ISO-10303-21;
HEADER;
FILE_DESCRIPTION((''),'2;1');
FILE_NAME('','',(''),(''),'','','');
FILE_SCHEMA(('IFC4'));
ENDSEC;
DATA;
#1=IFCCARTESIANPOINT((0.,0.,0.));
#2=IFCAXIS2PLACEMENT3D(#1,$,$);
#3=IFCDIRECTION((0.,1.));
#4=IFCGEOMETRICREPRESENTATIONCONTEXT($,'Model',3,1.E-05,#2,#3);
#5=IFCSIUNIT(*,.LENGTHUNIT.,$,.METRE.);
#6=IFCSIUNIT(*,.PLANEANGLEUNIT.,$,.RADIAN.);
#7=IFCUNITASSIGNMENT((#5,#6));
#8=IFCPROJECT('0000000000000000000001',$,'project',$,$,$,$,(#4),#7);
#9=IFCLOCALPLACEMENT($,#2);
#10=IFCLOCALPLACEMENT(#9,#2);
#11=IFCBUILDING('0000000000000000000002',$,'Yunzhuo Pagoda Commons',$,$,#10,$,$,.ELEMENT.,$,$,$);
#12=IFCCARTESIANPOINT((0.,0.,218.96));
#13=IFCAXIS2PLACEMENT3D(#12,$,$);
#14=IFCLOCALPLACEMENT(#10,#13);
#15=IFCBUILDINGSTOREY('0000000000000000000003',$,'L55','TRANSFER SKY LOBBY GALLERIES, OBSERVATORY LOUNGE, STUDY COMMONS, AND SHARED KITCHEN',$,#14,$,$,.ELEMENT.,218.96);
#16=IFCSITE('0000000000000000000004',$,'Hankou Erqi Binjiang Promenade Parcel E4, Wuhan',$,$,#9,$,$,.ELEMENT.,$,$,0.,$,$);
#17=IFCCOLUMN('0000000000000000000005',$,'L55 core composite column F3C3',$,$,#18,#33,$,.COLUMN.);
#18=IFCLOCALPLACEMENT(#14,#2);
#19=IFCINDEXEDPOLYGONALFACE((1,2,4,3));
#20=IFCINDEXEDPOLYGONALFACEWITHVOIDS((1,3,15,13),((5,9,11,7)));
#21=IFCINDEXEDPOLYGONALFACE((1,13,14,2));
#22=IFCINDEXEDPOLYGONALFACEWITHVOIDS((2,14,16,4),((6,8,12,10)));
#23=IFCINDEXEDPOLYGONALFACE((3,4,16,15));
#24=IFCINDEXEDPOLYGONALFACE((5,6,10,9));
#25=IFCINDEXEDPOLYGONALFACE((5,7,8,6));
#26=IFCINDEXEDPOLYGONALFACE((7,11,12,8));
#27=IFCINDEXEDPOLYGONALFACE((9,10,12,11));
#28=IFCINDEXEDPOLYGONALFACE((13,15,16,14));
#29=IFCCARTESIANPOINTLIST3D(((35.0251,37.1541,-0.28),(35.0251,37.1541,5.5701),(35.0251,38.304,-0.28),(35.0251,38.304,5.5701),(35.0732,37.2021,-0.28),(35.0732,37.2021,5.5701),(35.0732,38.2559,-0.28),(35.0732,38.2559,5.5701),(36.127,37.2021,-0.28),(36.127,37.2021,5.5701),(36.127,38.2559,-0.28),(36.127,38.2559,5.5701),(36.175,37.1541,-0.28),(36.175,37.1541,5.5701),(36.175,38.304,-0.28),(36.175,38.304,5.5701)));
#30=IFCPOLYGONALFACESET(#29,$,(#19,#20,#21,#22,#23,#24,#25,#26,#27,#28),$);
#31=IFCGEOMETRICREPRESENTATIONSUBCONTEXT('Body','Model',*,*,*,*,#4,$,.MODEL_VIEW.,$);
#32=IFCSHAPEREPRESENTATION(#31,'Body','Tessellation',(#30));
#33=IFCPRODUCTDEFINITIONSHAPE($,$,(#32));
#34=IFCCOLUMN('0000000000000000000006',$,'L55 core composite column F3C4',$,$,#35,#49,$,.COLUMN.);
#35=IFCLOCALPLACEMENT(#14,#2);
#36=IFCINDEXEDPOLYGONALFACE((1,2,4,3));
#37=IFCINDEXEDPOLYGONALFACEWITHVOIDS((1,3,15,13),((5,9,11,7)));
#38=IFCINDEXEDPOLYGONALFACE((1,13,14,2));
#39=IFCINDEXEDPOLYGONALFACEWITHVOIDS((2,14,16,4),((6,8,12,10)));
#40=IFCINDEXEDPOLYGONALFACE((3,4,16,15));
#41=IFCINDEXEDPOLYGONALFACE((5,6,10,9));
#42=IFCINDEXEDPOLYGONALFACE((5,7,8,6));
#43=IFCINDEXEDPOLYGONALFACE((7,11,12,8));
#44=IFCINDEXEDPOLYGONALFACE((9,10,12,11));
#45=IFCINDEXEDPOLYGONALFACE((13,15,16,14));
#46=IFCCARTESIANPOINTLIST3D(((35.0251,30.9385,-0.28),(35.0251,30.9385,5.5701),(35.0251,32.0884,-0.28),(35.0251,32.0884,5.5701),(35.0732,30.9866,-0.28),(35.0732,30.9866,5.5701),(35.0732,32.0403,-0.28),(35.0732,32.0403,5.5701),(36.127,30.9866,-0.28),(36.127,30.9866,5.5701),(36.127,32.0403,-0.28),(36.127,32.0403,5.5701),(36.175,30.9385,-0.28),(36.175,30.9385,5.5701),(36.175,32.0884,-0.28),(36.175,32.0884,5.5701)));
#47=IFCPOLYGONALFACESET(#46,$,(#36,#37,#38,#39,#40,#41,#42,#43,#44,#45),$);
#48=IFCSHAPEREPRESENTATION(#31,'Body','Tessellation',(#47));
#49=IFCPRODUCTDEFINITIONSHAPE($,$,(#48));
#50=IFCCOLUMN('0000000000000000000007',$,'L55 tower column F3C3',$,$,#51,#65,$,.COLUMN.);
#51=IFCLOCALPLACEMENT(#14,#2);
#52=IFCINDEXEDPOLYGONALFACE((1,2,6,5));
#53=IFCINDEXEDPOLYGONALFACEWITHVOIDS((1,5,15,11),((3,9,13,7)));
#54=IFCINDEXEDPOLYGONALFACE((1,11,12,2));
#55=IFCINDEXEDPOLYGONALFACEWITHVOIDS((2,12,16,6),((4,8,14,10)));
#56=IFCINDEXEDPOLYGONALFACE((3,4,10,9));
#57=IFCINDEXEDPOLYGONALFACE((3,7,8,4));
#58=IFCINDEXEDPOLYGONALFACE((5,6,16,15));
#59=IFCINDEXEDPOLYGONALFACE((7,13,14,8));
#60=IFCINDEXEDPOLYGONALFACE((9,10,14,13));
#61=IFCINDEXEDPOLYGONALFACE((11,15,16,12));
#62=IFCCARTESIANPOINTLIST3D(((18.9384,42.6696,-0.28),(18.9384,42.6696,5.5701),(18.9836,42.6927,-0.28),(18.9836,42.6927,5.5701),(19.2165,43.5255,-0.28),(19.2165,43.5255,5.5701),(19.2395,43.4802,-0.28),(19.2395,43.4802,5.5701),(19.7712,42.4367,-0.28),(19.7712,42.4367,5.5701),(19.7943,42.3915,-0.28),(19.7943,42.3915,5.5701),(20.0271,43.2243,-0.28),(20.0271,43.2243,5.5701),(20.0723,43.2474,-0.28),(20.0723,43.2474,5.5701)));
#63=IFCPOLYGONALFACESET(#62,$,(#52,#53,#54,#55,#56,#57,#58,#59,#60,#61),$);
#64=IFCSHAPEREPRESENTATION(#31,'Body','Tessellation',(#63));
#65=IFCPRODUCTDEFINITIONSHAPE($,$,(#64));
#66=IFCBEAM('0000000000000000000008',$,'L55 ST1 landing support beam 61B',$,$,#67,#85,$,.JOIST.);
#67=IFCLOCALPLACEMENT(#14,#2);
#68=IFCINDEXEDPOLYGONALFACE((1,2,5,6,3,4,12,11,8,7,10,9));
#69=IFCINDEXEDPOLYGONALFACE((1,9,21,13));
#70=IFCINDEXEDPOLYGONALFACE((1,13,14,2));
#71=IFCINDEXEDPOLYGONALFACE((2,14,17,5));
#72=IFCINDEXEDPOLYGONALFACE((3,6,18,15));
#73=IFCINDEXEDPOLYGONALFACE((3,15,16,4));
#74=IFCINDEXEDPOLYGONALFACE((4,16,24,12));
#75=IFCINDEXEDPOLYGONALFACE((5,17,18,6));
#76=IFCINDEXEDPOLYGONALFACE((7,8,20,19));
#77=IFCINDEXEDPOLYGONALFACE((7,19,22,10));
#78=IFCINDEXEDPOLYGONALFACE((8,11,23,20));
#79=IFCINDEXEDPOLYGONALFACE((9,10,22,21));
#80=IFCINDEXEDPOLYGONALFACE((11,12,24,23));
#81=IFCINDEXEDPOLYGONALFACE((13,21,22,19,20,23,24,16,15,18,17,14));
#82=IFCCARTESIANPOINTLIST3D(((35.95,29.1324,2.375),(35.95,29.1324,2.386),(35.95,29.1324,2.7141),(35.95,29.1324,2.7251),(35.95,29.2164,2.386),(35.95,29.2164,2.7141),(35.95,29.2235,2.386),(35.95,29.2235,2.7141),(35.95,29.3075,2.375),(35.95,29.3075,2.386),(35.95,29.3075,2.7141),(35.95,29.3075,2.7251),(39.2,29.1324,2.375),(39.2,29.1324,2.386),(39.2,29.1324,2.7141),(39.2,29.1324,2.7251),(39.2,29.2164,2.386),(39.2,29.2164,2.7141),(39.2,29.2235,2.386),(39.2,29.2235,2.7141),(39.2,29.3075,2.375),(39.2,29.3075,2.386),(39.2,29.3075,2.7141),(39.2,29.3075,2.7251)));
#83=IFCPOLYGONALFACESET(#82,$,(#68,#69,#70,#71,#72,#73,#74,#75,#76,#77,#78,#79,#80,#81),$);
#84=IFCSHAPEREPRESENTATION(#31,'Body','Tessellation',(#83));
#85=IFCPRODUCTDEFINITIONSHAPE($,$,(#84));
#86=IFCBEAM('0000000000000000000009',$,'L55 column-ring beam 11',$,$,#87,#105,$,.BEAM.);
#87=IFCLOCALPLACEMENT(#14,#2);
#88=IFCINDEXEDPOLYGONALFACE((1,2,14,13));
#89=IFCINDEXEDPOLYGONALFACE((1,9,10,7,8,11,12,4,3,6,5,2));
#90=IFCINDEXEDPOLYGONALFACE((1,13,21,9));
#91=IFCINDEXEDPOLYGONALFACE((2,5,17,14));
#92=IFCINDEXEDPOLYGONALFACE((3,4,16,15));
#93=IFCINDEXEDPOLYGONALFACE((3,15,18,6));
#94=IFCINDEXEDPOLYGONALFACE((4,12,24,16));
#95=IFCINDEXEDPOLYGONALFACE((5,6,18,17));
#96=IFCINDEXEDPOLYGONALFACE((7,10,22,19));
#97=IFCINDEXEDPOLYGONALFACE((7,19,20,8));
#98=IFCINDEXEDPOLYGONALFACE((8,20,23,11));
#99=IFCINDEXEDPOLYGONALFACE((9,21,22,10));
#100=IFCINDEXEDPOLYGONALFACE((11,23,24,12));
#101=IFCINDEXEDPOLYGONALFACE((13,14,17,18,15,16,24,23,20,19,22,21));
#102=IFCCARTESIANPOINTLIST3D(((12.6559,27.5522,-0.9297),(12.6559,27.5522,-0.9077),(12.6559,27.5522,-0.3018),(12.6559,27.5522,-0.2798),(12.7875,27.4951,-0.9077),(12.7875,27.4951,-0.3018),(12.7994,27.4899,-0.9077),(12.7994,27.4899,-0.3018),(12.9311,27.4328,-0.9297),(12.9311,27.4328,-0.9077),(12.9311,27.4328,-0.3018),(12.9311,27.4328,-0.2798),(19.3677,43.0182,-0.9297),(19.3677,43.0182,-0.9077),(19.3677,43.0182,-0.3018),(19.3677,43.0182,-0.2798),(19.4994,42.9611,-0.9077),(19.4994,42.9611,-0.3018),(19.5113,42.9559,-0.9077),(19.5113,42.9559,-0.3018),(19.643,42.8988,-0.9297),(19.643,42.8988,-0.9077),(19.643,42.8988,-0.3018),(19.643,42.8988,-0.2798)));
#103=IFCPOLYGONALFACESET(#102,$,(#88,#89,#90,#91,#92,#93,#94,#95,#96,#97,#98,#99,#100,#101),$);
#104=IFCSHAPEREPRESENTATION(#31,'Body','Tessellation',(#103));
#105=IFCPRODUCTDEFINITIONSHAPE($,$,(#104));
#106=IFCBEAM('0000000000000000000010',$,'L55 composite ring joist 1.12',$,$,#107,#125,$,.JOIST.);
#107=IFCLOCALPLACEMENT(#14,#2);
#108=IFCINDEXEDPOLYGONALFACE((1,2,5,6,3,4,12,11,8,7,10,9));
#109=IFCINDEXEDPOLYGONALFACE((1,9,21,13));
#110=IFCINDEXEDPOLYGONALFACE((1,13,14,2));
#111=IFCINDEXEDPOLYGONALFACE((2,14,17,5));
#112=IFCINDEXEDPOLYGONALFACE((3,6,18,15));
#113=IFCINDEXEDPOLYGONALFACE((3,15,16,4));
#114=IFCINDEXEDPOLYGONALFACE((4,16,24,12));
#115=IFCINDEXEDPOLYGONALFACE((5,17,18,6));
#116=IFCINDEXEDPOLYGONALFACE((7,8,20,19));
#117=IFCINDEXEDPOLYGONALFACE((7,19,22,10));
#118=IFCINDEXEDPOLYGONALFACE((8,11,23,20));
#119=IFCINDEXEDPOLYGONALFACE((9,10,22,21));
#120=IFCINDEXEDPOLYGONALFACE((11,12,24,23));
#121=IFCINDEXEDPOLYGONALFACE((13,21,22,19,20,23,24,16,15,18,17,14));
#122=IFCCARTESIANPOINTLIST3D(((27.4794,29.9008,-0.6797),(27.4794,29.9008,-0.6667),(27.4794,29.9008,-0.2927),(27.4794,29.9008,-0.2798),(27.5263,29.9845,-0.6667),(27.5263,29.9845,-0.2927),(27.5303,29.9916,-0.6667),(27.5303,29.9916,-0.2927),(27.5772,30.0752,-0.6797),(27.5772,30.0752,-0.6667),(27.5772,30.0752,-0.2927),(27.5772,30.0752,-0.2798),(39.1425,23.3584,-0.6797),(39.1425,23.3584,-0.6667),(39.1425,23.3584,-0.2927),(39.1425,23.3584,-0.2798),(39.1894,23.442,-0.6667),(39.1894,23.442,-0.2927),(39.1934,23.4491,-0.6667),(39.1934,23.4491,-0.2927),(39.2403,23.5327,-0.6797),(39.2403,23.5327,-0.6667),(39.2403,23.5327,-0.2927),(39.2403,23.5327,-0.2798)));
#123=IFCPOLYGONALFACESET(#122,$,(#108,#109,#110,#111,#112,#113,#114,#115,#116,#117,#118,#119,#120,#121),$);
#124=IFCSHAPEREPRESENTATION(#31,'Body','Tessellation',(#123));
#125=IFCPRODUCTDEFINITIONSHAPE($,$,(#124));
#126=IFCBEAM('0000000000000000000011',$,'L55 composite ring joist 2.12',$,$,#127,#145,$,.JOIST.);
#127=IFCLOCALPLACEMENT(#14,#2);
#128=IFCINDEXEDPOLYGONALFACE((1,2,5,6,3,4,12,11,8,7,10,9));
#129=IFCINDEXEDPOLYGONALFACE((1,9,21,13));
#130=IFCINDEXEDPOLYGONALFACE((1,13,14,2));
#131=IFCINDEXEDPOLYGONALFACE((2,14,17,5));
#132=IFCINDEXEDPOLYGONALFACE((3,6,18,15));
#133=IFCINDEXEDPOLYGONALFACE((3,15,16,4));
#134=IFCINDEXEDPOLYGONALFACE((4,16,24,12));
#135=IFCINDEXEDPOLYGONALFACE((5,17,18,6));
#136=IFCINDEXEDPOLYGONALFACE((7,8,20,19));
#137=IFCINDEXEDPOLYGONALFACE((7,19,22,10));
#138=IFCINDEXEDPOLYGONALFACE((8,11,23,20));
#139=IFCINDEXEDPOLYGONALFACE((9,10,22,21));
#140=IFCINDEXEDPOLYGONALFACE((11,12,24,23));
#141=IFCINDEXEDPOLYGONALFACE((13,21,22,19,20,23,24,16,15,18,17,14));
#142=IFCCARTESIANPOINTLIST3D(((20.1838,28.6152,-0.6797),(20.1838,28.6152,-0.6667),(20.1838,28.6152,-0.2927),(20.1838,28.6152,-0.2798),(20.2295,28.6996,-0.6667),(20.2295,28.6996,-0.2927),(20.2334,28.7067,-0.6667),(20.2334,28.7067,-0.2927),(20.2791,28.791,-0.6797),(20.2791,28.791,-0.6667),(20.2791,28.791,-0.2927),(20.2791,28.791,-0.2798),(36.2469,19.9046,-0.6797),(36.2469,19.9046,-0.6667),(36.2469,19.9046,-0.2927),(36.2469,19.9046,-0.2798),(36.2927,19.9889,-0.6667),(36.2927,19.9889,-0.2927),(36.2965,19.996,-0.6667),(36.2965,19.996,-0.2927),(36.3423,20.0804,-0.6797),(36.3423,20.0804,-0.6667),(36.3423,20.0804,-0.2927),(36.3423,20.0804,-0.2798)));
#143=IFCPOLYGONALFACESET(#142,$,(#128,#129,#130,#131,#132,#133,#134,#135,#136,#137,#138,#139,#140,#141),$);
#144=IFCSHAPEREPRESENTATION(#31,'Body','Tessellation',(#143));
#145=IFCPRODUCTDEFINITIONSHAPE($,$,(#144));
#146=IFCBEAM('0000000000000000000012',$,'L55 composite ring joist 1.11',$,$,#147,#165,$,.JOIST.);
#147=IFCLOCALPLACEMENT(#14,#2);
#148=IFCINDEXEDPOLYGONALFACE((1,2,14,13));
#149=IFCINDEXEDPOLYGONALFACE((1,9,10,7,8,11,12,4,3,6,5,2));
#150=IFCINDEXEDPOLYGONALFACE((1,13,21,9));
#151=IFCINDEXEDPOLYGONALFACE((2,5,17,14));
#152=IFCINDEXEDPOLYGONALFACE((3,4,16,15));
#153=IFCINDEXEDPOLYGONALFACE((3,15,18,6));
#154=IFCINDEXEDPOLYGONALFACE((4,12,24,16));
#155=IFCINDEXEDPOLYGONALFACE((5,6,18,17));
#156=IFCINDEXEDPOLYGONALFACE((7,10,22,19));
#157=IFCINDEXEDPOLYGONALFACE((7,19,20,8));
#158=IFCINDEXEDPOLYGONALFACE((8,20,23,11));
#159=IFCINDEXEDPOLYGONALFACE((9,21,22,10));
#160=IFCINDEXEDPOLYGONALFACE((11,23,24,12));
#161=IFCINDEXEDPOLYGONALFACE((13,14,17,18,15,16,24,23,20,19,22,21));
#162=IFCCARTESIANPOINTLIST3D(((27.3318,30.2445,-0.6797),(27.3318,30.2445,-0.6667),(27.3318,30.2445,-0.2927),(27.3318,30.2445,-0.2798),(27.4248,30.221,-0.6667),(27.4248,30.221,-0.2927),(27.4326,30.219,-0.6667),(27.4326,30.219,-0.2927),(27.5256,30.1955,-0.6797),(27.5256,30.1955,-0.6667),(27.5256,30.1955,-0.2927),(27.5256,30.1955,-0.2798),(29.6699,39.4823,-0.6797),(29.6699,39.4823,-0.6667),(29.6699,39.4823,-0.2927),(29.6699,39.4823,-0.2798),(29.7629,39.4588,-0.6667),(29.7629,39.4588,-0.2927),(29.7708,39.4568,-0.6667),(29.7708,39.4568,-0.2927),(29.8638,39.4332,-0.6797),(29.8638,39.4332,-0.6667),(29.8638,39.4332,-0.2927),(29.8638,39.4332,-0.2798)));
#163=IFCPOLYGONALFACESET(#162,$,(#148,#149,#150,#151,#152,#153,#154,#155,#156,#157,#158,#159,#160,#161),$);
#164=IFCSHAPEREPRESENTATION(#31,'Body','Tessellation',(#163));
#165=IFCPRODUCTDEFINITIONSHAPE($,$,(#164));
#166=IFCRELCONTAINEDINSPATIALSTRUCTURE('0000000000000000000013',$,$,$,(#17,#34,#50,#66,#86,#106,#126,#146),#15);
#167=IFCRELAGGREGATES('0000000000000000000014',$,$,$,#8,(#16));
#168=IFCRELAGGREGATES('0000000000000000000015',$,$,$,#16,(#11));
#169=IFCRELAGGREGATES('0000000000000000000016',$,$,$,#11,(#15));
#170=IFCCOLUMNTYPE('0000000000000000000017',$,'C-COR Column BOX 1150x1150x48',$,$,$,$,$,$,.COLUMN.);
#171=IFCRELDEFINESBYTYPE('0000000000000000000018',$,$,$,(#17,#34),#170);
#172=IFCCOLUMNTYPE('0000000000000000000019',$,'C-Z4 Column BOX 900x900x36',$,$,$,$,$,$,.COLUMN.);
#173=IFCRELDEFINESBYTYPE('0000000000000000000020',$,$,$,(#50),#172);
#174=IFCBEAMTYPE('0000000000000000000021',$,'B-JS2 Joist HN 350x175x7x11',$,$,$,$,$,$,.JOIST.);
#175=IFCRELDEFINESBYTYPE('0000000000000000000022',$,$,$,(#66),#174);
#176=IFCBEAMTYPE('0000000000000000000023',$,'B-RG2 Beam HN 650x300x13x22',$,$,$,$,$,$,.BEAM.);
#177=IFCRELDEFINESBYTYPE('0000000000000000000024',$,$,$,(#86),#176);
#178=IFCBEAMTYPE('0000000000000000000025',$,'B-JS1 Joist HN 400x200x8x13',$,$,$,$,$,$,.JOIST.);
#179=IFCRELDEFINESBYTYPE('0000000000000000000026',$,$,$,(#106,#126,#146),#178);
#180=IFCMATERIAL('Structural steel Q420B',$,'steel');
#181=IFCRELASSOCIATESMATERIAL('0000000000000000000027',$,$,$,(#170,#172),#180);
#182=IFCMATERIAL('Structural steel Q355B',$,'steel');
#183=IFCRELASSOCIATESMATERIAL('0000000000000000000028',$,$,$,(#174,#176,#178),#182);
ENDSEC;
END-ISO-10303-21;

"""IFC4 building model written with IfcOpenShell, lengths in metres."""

from ifc_helpers import new_model, si_unit, direction, frame, origin, origin_2d, place, context, subcontext, project, spatial, hollow_rectangle, i_section, extrude, source, transform, mapped, material, material_profile, profile_set, type_object, element, save


model = new_model("IFC4")

# Units and contexts
model_context = context("Model", 3, precision=1e-05, world=origin(), true_north=direction((0.0, 1.0)))
body_context = subcontext(model_context, "Body", "Model", "MODEL_VIEW")
ifc_project = project(units=[si_unit("LENGTHUNIT", "METRE"), si_unit("PLANEANGLEUNIT", "RADIAN")], contexts=[model_context])

# Site, building, storey
site_placement = place(None, origin())
site = spatial("IfcSite", under=ifc_project, at=site_placement, Name="Hankou Erqi Binjiang Promenade Parcel E4, Wuhan", CompositionType="ELEMENT", RefElevation=0.0)
building_placement = place(site_placement, origin())
building = spatial("IfcBuilding", under=site, at=building_placement, Name="Yunzhuo Pagoda Commons", CompositionType="ELEMENT")
storey_placement = place(building_placement, frame((0.0, 0.0, 218.96)))
storey = spatial("IfcBuildingStorey", under=building, at=storey_placement, Name="L55", Description="TRANSFER SKY LOBBY GALLERIES, OBSERVATORY LOUNGE, STUDY COMMONS, AND SHARED KITCHEN", CompositionType="ELEMENT", Elevation=218.96)

# Columns
ifc_material_1 = material(Name="Structural steel Q420B", Category="steel")
ifc_material_profile_1 = material_profile(ifc_material_1, hollow_rectangle(XDim=1.1499, YDim=1.1499, WallThickness=0.0481, at=origin_2d()), Name="Structural steel Q420B")
ifc_profile_set_1 = profile_set([ifc_material_profile_1], Name="Structural steel Q420B")
column_type_1 = type_object("IfcColumnType", Name="C-COR Column BOX 1150x1150x48", PredefinedType="COLUMN", material=ifc_profile_set_1)
shared_shape_1 = source(origin(), body_context, "Body", "SweptSolid", [
    extrude(hollow_rectangle(XDim=1.1499, YDim=1.1499, WallThickness=0.0481, at=origin_2d()), origin(), (0.0, 0.0, 1.0), 5.8501),
])
for number, where, z_axis, x_axis, name in (
    (1, (35.6001, 37.729, -0.28), (0.0, 0.0, 1.0), (1.0, 0.0, 0.0), "L55 core composite column F3C3"),
    (2, (35.6001, 31.5134, -0.28), (0.0, 0.0, 1.0), (1.0, 0.0, 0.0), "L55 core composite column F3C4"),
):
    element("IfcColumn", number, at=place(storey_placement, frame(where, z_axis=z_axis, x_axis=x_axis)), inside=storey, type_object=column_type_1, Name=name, PredefinedType="COLUMN", context=body_context, shape_type="MappedRepresentation", body=[
        mapped(shared_shape_1, transform((0.0, 0.0, 0.0), scale=1.0)),
    ])
ifc_material_profile_2 = material_profile(ifc_material_1, hollow_rectangle(XDim=0.8999, YDim=0.8999, WallThickness=0.0359, at=origin_2d()), Name="Structural steel Q420B")
ifc_profile_set_2 = profile_set([ifc_material_profile_2], Name="Structural steel Q420B")
column_type_2 = type_object("IfcColumnType", Name="C-Z4 Column BOX 900x900x36", PredefinedType="COLUMN", material=ifc_profile_set_2)
shared_shape_2 = source(origin(), body_context, "Body", "SweptSolid", [
    extrude(hollow_rectangle(XDim=0.8999, YDim=0.8999, WallThickness=0.0359, at=origin_2d()), origin(), (0.0, 0.0, 1.0), 5.8501),
])
column_placement = place(storey_placement, frame((19.5054, 42.9585, -0.28), z_axis=(0.0, 0.0, 1.0), x_axis=(-0.309017, -0.951057, 0.0)))
element("IfcColumn", 3, at=column_placement, inside=storey, type_object=column_type_2, Name="L55 tower column F3C3", PredefinedType="COLUMN", context=body_context, shape_type="MappedRepresentation", body=[
    mapped(shared_shape_2, transform((0.0, 0.0, 0.0), scale=1.0)),
])

# Beams
ifc_material_2 = material(Name="Structural steel Q355B", Category="steel")
ifc_material_profile_3 = material_profile(ifc_material_2, i_section(OverallWidth=0.175, OverallDepth=0.3501, WebThickness=0.0071, FlangeThickness=0.011, at=origin_2d()), Name="Structural steel Q355B")
ifc_profile_set_3 = profile_set([ifc_material_profile_3], Name="Structural steel Q355B")
beam_type_1 = type_object("IfcBeamType", Name="B-JS2 Joist HN 350x175x7x11", PredefinedType="JOIST", material=ifc_profile_set_3)
shared_shape_3 = source(origin(), body_context, "Body", "SweptSolid", [
    extrude(i_section(OverallWidth=0.175, OverallDepth=0.3501, WebThickness=0.0071, FlangeThickness=0.011, at=origin_2d()), origin(), (0.0, 0.0, 1.0), 3.25),
])
beam_1_placement = place(storey_placement, frame((35.95, 29.22, 2.55), z_axis=(1.0, 0.0, 0.0), x_axis=(0.0, 1.0, 0.0)))
element("IfcBeam", 4, at=beam_1_placement, inside=storey, type_object=beam_type_1, Name="L55 ST1 landing support beam 61B", PredefinedType="JOIST", context=body_context, shape_type="MappedRepresentation", body=[
    mapped(shared_shape_3, transform((0.0, 0.0, 0.0), scale=1.0)),
])
ifc_material_profile_4 = material_profile(ifc_material_2, i_section(OverallWidth=0.3, OverallDepth=0.6499, WebThickness=0.0129, FlangeThickness=0.022, at=origin_2d()), Name="Structural steel Q355B")
ifc_profile_set_4 = profile_set([ifc_material_profile_4], Name="Structural steel Q355B")
beam_type_2 = type_object("IfcBeamType", Name="B-RG2 Beam HN 650x300x13x22", PredefinedType="BEAM", material=ifc_profile_set_4)
shared_shape_4 = source(origin(), body_context, "Body", "SweptSolid", [
    extrude(i_section(OverallWidth=0.3, OverallDepth=0.6499, WebThickness=0.0129, FlangeThickness=0.022, at=origin_2d()), origin(), (0.0, 0.0, 1.0), 16.8596),
])
beam_2_placement = place(storey_placement, frame((19.5054, 42.9585, -0.6047), z_axis=(-0.398104, -0.91734, 0.0), x_axis=(0.91734, -0.398104, 0.0)))
element("IfcBeam", 5, at=beam_2_placement, inside=storey, type_object=beam_type_2, Name="L55 column-ring beam 11", PredefinedType="BEAM", context=body_context, shape_type="MappedRepresentation", body=[
    mapped(shared_shape_4, transform((0.0, 0.0, 0.0), scale=1.0)),
])
ifc_material_profile_5 = material_profile(ifc_material_2, i_section(OverallWidth=0.2, OverallDepth=0.3999, WebThickness=0.0081, FlangeThickness=0.0129, at=origin_2d()), Name="Structural steel Q355B")
ifc_profile_set_5 = profile_set([ifc_material_profile_5], Name="Structural steel Q355B")
beam_type_3 = type_object("IfcBeamType", Name="B-JS1 Joist HN 400x200x8x13", PredefinedType="JOIST", material=ifc_profile_set_5)
shared_shape_5 = source(origin(), body_context, "Body", "SweptSolid", [
    extrude(i_section(OverallWidth=0.2, OverallDepth=0.3999, WebThickness=0.0081, FlangeThickness=0.0129, at=origin_2d()), origin(), (0.0, 0.0, 1.0), 13.3728),
])
beam_3_placement = place(storey_placement, frame((27.5283, 29.988, -0.4797), z_axis=(0.87215, -0.489238, 0.0), x_axis=(0.489238, 0.87215, 0.0)))
element("IfcBeam", 6, at=beam_3_placement, inside=storey, type_object=beam_type_3, Name="L55 composite ring joist 1.12", PredefinedType="JOIST", context=body_context, shape_type="MappedRepresentation", body=[
    mapped(shared_shape_5, transform((0.0, 0.0, 0.0), scale=1.0)),
])
shared_shape_6 = source(origin(), body_context, "Body", "SweptSolid", [
    extrude(i_section(OverallWidth=0.2, OverallDepth=0.3999, WebThickness=0.0081, FlangeThickness=0.0129, at=origin_2d()), origin(), (0.0, 0.0, 1.0), 18.2729),
])
beam_4_placement = place(storey_placement, frame((20.2314, 28.7031, -0.4797), z_axis=(0.879068, -0.476697, 0.0), x_axis=(0.476697, 0.879068, 0.0)))
element("IfcBeam", 7, at=beam_4_placement, inside=storey, type_object=beam_type_3, Name="L55 composite ring joist 2.12", PredefinedType="JOIST", context=body_context, shape_type="MappedRepresentation", body=[
    mapped(shared_shape_6, transform((0.0, 0.0, 0.0), scale=1.0)),
])
shared_shape_7 = source(origin(), body_context, "Body", "SweptSolid", [
    extrude(i_section(OverallWidth=0.2, OverallDepth=0.3999, WebThickness=0.0081, FlangeThickness=0.0129, at=origin_2d()), origin(), (0.0, 0.0, 1.0), 9.5291),
])
beam_5_placement = place(storey_placement, frame((29.7668, 39.4578, -0.4797), z_axis=(-0.245368, -0.96943, 0.0), x_axis=(0.96943, -0.245368, 0.0)))
element("IfcBeam", 8, at=beam_5_placement, inside=storey, type_object=beam_type_3, Name="L55 composite ring joist 1.11", PredefinedType="JOIST", context=body_context, shape_type="MappedRepresentation", body=[
    mapped(shared_shape_7, transform((0.0, 0.0, 0.0), scale=1.0)),
])

save(model, "model.ifc")
